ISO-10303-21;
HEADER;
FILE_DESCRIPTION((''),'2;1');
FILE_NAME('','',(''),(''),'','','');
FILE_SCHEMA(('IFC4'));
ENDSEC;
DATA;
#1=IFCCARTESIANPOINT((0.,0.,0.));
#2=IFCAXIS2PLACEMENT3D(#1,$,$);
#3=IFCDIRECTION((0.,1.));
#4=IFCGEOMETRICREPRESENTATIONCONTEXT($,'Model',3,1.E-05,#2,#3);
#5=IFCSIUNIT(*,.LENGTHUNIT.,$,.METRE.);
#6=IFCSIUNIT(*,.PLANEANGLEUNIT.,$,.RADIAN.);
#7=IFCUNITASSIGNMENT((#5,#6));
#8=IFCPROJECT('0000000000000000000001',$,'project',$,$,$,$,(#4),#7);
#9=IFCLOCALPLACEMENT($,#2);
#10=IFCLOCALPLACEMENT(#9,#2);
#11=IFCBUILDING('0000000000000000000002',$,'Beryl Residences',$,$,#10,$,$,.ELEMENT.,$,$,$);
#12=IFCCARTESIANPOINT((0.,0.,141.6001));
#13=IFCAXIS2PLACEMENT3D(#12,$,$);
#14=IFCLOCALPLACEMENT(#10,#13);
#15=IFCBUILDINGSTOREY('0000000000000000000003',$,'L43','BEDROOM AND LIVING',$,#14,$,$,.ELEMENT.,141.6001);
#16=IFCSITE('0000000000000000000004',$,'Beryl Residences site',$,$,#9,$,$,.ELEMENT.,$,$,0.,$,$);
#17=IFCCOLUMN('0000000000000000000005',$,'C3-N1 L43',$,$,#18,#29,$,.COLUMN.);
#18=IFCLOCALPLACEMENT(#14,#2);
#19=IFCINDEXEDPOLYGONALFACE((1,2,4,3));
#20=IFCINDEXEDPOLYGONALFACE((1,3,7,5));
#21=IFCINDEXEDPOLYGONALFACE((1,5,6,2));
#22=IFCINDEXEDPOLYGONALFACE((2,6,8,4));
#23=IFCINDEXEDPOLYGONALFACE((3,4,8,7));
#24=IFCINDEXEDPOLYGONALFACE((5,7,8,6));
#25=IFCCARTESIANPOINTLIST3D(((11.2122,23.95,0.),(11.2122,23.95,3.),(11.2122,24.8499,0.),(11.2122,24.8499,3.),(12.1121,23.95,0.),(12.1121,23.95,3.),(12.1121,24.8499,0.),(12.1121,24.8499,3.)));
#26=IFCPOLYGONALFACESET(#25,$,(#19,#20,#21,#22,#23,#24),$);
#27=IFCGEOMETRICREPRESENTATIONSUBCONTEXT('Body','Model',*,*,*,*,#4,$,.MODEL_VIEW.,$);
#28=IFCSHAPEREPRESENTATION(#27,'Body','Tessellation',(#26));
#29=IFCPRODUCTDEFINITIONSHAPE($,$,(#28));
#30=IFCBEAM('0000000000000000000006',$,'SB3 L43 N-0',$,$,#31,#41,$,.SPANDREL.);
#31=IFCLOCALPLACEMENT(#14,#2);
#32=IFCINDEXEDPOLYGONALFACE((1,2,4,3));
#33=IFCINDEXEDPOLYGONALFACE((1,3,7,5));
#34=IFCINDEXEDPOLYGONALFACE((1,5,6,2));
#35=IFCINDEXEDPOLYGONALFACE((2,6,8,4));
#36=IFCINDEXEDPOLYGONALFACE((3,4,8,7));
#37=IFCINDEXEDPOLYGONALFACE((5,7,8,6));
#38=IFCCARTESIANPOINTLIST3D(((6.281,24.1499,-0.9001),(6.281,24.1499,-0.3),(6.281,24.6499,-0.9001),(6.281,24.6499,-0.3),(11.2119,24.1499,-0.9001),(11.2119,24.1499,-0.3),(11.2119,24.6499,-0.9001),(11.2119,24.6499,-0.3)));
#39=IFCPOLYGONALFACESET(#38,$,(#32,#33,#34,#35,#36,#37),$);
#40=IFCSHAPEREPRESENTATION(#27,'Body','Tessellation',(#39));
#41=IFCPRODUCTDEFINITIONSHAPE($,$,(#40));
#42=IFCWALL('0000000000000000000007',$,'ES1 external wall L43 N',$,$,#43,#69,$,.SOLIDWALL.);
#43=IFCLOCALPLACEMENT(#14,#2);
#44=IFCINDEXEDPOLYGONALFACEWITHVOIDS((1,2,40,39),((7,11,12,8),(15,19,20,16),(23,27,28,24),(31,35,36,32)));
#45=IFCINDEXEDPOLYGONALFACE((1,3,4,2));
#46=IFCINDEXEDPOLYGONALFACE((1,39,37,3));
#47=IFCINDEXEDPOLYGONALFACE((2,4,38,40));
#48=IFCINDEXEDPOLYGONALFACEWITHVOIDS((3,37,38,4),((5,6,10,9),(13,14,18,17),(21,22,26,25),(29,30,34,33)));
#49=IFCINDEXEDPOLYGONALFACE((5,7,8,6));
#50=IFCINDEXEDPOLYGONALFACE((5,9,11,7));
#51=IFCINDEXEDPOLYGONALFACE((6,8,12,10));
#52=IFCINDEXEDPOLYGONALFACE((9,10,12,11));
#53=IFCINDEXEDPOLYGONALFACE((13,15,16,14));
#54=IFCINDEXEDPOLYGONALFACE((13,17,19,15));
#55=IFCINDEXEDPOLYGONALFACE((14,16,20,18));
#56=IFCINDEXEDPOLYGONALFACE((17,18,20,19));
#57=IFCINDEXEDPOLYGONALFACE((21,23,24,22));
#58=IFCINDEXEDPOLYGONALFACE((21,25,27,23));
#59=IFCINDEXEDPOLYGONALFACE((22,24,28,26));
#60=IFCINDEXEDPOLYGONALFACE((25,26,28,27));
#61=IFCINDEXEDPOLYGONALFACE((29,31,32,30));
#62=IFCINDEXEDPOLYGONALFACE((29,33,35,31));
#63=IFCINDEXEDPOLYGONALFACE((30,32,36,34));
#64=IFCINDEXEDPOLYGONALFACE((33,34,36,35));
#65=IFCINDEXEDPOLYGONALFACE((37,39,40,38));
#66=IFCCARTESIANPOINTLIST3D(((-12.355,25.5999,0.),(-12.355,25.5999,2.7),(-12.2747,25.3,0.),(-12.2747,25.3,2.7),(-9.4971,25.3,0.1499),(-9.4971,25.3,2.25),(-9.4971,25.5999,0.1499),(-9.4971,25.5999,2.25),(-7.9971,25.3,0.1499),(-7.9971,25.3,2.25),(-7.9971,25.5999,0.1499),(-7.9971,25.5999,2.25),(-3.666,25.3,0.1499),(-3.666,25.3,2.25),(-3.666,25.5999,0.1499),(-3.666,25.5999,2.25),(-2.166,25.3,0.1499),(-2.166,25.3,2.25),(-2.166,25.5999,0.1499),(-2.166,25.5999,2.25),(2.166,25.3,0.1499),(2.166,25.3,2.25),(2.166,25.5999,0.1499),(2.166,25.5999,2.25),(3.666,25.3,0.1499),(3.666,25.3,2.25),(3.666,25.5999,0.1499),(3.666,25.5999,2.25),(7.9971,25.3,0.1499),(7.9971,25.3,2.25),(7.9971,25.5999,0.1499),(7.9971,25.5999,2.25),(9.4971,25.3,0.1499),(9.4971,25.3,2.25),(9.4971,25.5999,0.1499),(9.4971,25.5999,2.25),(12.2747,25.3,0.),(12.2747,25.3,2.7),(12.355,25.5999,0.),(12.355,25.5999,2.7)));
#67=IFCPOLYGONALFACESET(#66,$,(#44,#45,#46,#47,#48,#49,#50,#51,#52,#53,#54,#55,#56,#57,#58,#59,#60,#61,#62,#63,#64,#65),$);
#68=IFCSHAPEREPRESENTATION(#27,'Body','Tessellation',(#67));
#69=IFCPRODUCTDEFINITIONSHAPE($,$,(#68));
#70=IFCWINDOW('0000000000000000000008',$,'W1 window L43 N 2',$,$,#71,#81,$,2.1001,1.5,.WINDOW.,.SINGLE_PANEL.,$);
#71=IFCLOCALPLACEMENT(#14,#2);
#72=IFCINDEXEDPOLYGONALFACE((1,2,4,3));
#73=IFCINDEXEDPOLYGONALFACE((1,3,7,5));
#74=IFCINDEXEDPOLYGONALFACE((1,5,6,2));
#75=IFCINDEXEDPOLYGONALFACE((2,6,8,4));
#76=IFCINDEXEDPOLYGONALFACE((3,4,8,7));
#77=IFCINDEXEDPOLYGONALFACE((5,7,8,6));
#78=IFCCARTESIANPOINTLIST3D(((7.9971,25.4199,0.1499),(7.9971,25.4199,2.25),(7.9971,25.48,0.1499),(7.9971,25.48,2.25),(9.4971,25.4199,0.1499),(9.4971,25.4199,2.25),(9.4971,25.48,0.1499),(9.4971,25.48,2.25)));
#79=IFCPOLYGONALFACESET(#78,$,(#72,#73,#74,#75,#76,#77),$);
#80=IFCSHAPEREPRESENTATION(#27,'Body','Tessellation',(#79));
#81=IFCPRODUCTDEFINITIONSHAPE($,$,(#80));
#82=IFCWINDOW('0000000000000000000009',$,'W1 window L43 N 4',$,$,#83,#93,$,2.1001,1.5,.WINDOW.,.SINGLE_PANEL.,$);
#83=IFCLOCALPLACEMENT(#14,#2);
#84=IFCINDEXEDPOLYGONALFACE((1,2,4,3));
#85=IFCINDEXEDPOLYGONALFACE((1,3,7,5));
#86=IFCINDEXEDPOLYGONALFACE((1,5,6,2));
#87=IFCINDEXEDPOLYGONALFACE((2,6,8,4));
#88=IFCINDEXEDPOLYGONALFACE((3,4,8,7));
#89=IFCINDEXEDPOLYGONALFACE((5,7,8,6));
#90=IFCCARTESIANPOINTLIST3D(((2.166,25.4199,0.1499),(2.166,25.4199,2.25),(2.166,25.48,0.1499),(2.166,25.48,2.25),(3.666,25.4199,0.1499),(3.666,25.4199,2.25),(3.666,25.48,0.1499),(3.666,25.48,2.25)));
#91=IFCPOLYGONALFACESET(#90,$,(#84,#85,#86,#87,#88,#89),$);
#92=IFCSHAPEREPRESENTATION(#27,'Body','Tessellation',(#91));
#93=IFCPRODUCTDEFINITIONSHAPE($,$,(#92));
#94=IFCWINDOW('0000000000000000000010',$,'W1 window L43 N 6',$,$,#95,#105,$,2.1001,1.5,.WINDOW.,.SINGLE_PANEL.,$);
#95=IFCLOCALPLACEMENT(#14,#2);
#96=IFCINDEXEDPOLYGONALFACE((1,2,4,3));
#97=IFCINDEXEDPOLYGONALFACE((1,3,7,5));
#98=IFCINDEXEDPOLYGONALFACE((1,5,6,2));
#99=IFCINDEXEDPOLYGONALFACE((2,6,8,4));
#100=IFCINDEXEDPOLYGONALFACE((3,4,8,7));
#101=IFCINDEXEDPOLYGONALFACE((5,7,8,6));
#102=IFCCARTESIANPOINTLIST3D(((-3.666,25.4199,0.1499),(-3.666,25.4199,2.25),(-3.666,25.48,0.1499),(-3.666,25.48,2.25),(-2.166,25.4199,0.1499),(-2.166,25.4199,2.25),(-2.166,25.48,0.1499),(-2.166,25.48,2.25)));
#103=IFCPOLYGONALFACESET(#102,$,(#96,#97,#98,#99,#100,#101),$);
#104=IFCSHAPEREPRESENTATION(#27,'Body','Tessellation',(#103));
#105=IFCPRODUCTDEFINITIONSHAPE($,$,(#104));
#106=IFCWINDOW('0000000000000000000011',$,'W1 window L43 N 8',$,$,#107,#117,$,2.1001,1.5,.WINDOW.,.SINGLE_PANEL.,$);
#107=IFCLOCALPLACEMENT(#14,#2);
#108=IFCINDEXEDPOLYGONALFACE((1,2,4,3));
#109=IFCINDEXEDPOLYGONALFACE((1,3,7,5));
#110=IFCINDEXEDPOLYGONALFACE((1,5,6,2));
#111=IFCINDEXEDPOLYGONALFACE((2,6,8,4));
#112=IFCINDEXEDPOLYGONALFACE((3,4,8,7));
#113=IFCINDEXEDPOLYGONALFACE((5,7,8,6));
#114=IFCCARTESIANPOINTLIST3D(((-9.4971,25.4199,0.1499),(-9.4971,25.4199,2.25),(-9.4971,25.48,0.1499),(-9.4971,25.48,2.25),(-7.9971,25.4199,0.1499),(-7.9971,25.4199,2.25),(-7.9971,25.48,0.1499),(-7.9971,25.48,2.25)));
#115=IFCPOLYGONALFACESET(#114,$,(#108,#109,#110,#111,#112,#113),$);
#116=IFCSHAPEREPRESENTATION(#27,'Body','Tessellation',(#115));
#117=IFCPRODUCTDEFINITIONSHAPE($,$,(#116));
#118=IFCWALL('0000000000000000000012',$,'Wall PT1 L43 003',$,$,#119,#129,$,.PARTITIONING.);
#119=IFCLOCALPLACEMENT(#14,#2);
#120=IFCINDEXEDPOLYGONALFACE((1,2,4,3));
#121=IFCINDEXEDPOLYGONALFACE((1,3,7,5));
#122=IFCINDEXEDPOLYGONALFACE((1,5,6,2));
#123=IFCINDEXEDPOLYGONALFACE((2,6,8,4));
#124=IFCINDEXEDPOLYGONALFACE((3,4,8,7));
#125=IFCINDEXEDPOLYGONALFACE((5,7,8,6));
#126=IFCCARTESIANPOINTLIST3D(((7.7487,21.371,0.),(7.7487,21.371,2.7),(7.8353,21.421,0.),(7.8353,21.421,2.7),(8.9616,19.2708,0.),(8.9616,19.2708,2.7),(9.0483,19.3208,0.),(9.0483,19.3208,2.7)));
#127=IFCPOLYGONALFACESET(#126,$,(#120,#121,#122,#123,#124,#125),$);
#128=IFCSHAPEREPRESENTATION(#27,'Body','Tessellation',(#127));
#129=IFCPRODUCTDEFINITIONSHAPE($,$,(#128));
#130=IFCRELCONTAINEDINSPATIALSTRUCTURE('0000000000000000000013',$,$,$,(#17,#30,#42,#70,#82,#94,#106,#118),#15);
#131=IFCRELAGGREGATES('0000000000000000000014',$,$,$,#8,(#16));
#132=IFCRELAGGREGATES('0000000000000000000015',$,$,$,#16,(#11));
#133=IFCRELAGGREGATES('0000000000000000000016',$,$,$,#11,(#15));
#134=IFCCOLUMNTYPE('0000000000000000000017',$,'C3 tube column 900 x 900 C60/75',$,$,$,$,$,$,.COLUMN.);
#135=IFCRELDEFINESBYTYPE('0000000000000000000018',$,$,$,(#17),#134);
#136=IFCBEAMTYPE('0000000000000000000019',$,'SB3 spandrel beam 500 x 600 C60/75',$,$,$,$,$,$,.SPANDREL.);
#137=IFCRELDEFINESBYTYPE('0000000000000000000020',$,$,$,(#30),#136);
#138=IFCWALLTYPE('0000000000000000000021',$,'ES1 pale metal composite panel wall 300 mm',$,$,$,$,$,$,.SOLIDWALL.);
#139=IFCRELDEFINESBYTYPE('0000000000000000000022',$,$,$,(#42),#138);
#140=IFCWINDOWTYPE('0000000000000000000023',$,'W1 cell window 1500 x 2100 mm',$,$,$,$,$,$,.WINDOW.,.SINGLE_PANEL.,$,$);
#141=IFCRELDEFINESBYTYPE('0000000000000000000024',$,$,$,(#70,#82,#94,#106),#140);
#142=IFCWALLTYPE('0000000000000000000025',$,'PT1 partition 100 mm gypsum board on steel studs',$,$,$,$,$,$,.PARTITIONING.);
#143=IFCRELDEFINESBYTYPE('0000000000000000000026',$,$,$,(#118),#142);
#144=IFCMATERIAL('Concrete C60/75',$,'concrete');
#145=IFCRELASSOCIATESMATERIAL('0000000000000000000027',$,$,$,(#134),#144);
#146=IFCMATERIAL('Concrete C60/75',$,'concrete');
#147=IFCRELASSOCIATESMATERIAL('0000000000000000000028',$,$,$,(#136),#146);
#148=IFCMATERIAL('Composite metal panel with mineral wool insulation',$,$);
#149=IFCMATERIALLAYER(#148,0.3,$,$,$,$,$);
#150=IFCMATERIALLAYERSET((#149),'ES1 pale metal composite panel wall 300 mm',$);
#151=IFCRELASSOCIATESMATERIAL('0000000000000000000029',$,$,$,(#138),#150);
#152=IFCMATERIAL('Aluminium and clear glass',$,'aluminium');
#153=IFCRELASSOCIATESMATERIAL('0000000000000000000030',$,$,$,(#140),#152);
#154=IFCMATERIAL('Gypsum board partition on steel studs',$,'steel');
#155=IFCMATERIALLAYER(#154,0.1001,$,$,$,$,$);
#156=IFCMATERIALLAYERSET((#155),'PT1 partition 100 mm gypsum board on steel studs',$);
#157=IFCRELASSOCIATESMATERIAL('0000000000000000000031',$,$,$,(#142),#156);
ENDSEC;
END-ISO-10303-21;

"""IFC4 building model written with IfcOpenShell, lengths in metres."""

from ifc_helpers import new_model, si_unit, direction, frame, frame_2d, origin, origin_2d, place, context, subcontext, project, spatial, polyline, rectangle, outline, extrude, material, layer, layer_set, material_profile, profile_set, type_object, element, fill, save


model = new_model("IFC4")

# Units and contexts
model_context = context("Model", 3, precision=1e-05, world=origin(), true_north=direction((0.0, 1.0)))
body_context = subcontext(model_context, "Body", "Model", "MODEL_VIEW")
ifc_project = project(units=[si_unit("LENGTHUNIT", "METRE"), si_unit("PLANEANGLEUNIT", "RADIAN")], contexts=[model_context])

# Site, building, storey
site_placement = place(None, origin())
site = spatial("IfcSite", under=ifc_project, at=site_placement, Name="Beryl Residences site", CompositionType="ELEMENT", RefElevation=0.0)
building_placement = place(site_placement, origin())
building = spatial("IfcBuilding", under=site, at=building_placement, Name="Beryl Residences", CompositionType="ELEMENT")
storey_placement = place(building_placement, frame((0.0, 0.0, 141.6001)))
storey = spatial("IfcBuildingStorey", under=building, at=storey_placement, Name="L43", Description="BEDROOM AND LIVING", CompositionType="ELEMENT", Elevation=141.6001)

# Column
ifc_material_1 = material(Name="Concrete C60/75", Category="concrete")
ifc_material_profile_1 = material_profile(ifc_material_1, rectangle(XDim=0.8999, YDim=0.8999, at=origin_2d()))
ifc_profile_set_1 = profile_set([ifc_material_profile_1], Name="Concrete C60/75")
column_type = type_object("IfcColumnType", Name="C3 tube column 900 x 900 C60/75", PredefinedType="COLUMN", material=ifc_profile_set_1)
column_placement = place(storey_placement, frame((11.6621, 24.3999, 0.0), z_axis=(0.0, 0.0, 1.0), x_axis=(-1.0, 0.0, 0.0)))
element("IfcColumn", 1, at=column_placement, inside=storey, type_object=column_type, Name="C3-N1 L43", PredefinedType="COLUMN", context=body_context, shape_type="SweptSolid", body=[
    extrude(rectangle(XDim=0.8999, YDim=0.8999, at=origin_2d()), origin(), (0.0, 0.0, 1.0), 3.0),
])

# Beam
ifc_material_2 = material(Name="Concrete C60/75", Category="concrete")
ifc_material_profile_2 = material_profile(ifc_material_2, rectangle(XDim=0.5, YDim=0.6001, at=origin_2d()))
ifc_profile_set_2 = profile_set([ifc_material_profile_2], Name="Concrete C60/75")
beam_type = type_object("IfcBeamType", Name="SB3 spandrel beam 500 x 600 C60/75", PredefinedType="SPANDREL", material=ifc_profile_set_2)
beam_placement = place(storey_placement, frame((11.2119, 24.3999, -0.6001), z_axis=(-1.0, 0.0, 0.0), x_axis=(0.0, -1.0, 0.0)))
element("IfcBeam", 2, at=beam_placement, inside=storey, type_object=beam_type, Name="SB3 L43 N-0", PredefinedType="SPANDREL", context=body_context, shape_type="SweptSolid", body=[
    extrude(rectangle(XDim=0.5, YDim=0.6001, at=origin_2d()), origin(), (0.0, 0.0, 1.0), 4.9309),
])

# Wall, openings, windows
ifc_material_3 = material(Name="Composite metal panel with mineral wool insulation")
ifc_layer_1 = layer(ifc_material_3, 0.3)
ifc_layer_set_1 = layer_set([ifc_layer_1], Name="ES1 pale metal composite panel wall 300 mm")
wall_type_1 = type_object("IfcWallType", Name="ES1 pale metal composite panel wall 300 mm", PredefinedType="SOLIDWALL", material=ifc_layer_set_1)
wall_1_placement = place(storey_placement, frame((12.355, 25.45, 0.0), z_axis=(0.0, 0.0, 1.0), x_axis=(-1.0, 0.0, 0.0)))
wall_1 = element("IfcWall", 3, at=wall_1_placement, inside=storey, type_object=wall_type_1, Name="ES1 external wall L43 N", PredefinedType="SOLIDWALL", context=body_context, shape_type="SweptSolid", body=[
    extrude(outline(polyline([(0.0, -0.1499), (24.71, -0.1499), (24.6296, 0.1499), (0.0803, 0.1499), (0.0, -0.1499)])), origin(), (0.0, 0.0, 1.0), 2.7),
])
opening_1_placement = place(wall_1_placement, frame((2.8579, 0.0, 0.1499)))
opening_1 = element("IfcOpeningElement", 4, at=opening_1_placement, cuts=wall_1, PredefinedType="OPENING", context=body_context, shape_type="SweptSolid", body=[
    extrude(rectangle(XDim=1.5, YDim=2.1001, at=frame_2d((0.75, 1.05))), frame((0.0, 0.1599, 0.0), z_axis=(0.0, -1.0, 0.0), x_axis=(1.0, 0.0, 0.0)), (0.0, 0.0, 1.0), 0.3201),
])
opening_2_placement = place(wall_1_placement, frame((8.689, 0.0, 0.1499)))
opening_2 = element("IfcOpeningElement", 5, at=opening_2_placement, cuts=wall_1, PredefinedType="OPENING", context=body_context, shape_type="SweptSolid", body=[
    extrude(rectangle(XDim=1.5, YDim=2.1001, at=frame_2d((0.75, 1.05))), frame((0.0, 0.1599, 0.0), z_axis=(0.0, -1.0, 0.0), x_axis=(1.0, 0.0, 0.0)), (0.0, 0.0, 1.0), 0.3201),
])
opening_3_placement = place(wall_1_placement, frame((14.521, 0.0, 0.1499)))
opening_3 = element("IfcOpeningElement", 6, at=opening_3_placement, cuts=wall_1, PredefinedType="OPENING", context=body_context, shape_type="SweptSolid", body=[
    extrude(rectangle(XDim=1.5, YDim=2.1001, at=frame_2d((0.75, 1.05))), frame((0.0, 0.1599, 0.0), z_axis=(0.0, -1.0, 0.0), x_axis=(1.0, 0.0, 0.0)), (0.0, 0.0, 1.0), 0.3201),
])
opening_4_placement = place(wall_1_placement, frame((20.3521, 0.0, 0.1499)))
opening_4 = element("IfcOpeningElement", 7, at=opening_4_placement, cuts=wall_1, PredefinedType="OPENING", context=body_context, shape_type="SweptSolid", body=[
    extrude(rectangle(XDim=1.5, YDim=2.1001, at=frame_2d((0.75, 1.05))), frame((0.0, 0.1599, 0.0), z_axis=(0.0, -1.0, 0.0), x_axis=(1.0, 0.0, 0.0)), (0.0, 0.0, 1.0), 0.3201),
])
ifc_material_4 = material(Name="Aluminium and clear glass", Category="aluminium")
window_type = type_object("IfcWindowType", Name="W1 cell window 1500 x 2100 mm", PartitioningType="SINGLE_PANEL", PredefinedType="WINDOW", material=ifc_material_4)
window_1_placement = place(opening_1_placement, origin())
window_1 = element("IfcWindow", 8, at=window_1_placement, inside=storey, type_object=window_type, Name="W1 window L43 N 2", OverallHeight=2.1001, OverallWidth=1.5, PartitioningType="SINGLE_PANEL", PredefinedType="WINDOW", context=body_context, shape_type="SweptSolid", body=[
    extrude(rectangle(XDim=1.5, YDim=2.1001, at=frame_2d((0.75, 1.05))), frame((0.0, 0.03, 0.0), z_axis=(0.0, -1.0, 0.0), x_axis=(1.0, 0.0, 0.0)), (0.0, 0.0, 1.0), 0.0601),
])
fill(opening_1, window_1)
window_2_placement = place(opening_2_placement, origin())
window_2 = element("IfcWindow", 9, at=window_2_placement, inside=storey, type_object=window_type, Name="W1 window L43 N 4", OverallHeight=2.1001, OverallWidth=1.5, PartitioningType="SINGLE_PANEL", PredefinedType="WINDOW", context=body_context, shape_type="SweptSolid", body=[
    extrude(rectangle(XDim=1.5, YDim=2.1001, at=frame_2d((0.75, 1.05))), frame((0.0, 0.03, 0.0), z_axis=(0.0, -1.0, 0.0), x_axis=(1.0, 0.0, 0.0)), (0.0, 0.0, 1.0), 0.0601),
])
fill(opening_2, window_2)
window_3_placement = place(opening_3_placement, origin())
window_3 = element("IfcWindow", 10, at=window_3_placement, inside=storey, type_object=window_type, Name="W1 window L43 N 6", OverallHeight=2.1001, OverallWidth=1.5, PartitioningType="SINGLE_PANEL", PredefinedType="WINDOW", context=body_context, shape_type="SweptSolid", body=[
    extrude(rectangle(XDim=1.5, YDim=2.1001, at=frame_2d((0.75, 1.05))), frame((0.0, 0.03, 0.0), z_axis=(0.0, -1.0, 0.0), x_axis=(1.0, 0.0, 0.0)), (0.0, 0.0, 1.0), 0.0601),
])
fill(opening_3, window_3)
window_4_placement = place(opening_4_placement, origin())
window_4 = element("IfcWindow", 11, at=window_4_placement, inside=storey, type_object=window_type, Name="W1 window L43 N 8", OverallHeight=2.1001, OverallWidth=1.5, PartitioningType="SINGLE_PANEL", PredefinedType="WINDOW", context=body_context, shape_type="SweptSolid", body=[
    extrude(rectangle(XDim=1.5, YDim=2.1001, at=frame_2d((0.75, 1.05))), frame((0.0, 0.03, 0.0), z_axis=(0.0, -1.0, 0.0), x_axis=(1.0, 0.0, 0.0)), (0.0, 0.0, 1.0), 0.0601),
])
fill(opening_4, window_4)

# Wall
ifc_material_5 = material(Name="Gypsum board partition on steel studs", Category="steel")
ifc_layer_2 = layer(ifc_material_5, 0.1001)
ifc_layer_set_2 = layer_set([ifc_layer_2], Name="PT1 partition 100 mm gypsum board on steel studs")
wall_type_2 = type_object("IfcWallType", Name="PT1 partition 100 mm gypsum board on steel studs", PredefinedType="PARTITIONING", material=ifc_layer_set_2)
wall_2_placement = place(storey_placement, frame((7.792, 21.396, 0.0), z_axis=(0.0, 0.0, 1.0), x_axis=(0.500123, -0.865954, 0.0)))
element("IfcWall", 12, at=wall_2_placement, inside=storey, type_object=wall_type_2, Name="Wall PT1 L43 003", PredefinedType="PARTITIONING", context=body_context, shape_type="SweptSolid", body=[
    extrude(rectangle(XDim=2.4253, YDim=0.1001, at=frame_2d((1.2126, 0.0))), origin(), (0.0, 0.0, 1.0), 2.7),
])

save(model, "model.ifc")
